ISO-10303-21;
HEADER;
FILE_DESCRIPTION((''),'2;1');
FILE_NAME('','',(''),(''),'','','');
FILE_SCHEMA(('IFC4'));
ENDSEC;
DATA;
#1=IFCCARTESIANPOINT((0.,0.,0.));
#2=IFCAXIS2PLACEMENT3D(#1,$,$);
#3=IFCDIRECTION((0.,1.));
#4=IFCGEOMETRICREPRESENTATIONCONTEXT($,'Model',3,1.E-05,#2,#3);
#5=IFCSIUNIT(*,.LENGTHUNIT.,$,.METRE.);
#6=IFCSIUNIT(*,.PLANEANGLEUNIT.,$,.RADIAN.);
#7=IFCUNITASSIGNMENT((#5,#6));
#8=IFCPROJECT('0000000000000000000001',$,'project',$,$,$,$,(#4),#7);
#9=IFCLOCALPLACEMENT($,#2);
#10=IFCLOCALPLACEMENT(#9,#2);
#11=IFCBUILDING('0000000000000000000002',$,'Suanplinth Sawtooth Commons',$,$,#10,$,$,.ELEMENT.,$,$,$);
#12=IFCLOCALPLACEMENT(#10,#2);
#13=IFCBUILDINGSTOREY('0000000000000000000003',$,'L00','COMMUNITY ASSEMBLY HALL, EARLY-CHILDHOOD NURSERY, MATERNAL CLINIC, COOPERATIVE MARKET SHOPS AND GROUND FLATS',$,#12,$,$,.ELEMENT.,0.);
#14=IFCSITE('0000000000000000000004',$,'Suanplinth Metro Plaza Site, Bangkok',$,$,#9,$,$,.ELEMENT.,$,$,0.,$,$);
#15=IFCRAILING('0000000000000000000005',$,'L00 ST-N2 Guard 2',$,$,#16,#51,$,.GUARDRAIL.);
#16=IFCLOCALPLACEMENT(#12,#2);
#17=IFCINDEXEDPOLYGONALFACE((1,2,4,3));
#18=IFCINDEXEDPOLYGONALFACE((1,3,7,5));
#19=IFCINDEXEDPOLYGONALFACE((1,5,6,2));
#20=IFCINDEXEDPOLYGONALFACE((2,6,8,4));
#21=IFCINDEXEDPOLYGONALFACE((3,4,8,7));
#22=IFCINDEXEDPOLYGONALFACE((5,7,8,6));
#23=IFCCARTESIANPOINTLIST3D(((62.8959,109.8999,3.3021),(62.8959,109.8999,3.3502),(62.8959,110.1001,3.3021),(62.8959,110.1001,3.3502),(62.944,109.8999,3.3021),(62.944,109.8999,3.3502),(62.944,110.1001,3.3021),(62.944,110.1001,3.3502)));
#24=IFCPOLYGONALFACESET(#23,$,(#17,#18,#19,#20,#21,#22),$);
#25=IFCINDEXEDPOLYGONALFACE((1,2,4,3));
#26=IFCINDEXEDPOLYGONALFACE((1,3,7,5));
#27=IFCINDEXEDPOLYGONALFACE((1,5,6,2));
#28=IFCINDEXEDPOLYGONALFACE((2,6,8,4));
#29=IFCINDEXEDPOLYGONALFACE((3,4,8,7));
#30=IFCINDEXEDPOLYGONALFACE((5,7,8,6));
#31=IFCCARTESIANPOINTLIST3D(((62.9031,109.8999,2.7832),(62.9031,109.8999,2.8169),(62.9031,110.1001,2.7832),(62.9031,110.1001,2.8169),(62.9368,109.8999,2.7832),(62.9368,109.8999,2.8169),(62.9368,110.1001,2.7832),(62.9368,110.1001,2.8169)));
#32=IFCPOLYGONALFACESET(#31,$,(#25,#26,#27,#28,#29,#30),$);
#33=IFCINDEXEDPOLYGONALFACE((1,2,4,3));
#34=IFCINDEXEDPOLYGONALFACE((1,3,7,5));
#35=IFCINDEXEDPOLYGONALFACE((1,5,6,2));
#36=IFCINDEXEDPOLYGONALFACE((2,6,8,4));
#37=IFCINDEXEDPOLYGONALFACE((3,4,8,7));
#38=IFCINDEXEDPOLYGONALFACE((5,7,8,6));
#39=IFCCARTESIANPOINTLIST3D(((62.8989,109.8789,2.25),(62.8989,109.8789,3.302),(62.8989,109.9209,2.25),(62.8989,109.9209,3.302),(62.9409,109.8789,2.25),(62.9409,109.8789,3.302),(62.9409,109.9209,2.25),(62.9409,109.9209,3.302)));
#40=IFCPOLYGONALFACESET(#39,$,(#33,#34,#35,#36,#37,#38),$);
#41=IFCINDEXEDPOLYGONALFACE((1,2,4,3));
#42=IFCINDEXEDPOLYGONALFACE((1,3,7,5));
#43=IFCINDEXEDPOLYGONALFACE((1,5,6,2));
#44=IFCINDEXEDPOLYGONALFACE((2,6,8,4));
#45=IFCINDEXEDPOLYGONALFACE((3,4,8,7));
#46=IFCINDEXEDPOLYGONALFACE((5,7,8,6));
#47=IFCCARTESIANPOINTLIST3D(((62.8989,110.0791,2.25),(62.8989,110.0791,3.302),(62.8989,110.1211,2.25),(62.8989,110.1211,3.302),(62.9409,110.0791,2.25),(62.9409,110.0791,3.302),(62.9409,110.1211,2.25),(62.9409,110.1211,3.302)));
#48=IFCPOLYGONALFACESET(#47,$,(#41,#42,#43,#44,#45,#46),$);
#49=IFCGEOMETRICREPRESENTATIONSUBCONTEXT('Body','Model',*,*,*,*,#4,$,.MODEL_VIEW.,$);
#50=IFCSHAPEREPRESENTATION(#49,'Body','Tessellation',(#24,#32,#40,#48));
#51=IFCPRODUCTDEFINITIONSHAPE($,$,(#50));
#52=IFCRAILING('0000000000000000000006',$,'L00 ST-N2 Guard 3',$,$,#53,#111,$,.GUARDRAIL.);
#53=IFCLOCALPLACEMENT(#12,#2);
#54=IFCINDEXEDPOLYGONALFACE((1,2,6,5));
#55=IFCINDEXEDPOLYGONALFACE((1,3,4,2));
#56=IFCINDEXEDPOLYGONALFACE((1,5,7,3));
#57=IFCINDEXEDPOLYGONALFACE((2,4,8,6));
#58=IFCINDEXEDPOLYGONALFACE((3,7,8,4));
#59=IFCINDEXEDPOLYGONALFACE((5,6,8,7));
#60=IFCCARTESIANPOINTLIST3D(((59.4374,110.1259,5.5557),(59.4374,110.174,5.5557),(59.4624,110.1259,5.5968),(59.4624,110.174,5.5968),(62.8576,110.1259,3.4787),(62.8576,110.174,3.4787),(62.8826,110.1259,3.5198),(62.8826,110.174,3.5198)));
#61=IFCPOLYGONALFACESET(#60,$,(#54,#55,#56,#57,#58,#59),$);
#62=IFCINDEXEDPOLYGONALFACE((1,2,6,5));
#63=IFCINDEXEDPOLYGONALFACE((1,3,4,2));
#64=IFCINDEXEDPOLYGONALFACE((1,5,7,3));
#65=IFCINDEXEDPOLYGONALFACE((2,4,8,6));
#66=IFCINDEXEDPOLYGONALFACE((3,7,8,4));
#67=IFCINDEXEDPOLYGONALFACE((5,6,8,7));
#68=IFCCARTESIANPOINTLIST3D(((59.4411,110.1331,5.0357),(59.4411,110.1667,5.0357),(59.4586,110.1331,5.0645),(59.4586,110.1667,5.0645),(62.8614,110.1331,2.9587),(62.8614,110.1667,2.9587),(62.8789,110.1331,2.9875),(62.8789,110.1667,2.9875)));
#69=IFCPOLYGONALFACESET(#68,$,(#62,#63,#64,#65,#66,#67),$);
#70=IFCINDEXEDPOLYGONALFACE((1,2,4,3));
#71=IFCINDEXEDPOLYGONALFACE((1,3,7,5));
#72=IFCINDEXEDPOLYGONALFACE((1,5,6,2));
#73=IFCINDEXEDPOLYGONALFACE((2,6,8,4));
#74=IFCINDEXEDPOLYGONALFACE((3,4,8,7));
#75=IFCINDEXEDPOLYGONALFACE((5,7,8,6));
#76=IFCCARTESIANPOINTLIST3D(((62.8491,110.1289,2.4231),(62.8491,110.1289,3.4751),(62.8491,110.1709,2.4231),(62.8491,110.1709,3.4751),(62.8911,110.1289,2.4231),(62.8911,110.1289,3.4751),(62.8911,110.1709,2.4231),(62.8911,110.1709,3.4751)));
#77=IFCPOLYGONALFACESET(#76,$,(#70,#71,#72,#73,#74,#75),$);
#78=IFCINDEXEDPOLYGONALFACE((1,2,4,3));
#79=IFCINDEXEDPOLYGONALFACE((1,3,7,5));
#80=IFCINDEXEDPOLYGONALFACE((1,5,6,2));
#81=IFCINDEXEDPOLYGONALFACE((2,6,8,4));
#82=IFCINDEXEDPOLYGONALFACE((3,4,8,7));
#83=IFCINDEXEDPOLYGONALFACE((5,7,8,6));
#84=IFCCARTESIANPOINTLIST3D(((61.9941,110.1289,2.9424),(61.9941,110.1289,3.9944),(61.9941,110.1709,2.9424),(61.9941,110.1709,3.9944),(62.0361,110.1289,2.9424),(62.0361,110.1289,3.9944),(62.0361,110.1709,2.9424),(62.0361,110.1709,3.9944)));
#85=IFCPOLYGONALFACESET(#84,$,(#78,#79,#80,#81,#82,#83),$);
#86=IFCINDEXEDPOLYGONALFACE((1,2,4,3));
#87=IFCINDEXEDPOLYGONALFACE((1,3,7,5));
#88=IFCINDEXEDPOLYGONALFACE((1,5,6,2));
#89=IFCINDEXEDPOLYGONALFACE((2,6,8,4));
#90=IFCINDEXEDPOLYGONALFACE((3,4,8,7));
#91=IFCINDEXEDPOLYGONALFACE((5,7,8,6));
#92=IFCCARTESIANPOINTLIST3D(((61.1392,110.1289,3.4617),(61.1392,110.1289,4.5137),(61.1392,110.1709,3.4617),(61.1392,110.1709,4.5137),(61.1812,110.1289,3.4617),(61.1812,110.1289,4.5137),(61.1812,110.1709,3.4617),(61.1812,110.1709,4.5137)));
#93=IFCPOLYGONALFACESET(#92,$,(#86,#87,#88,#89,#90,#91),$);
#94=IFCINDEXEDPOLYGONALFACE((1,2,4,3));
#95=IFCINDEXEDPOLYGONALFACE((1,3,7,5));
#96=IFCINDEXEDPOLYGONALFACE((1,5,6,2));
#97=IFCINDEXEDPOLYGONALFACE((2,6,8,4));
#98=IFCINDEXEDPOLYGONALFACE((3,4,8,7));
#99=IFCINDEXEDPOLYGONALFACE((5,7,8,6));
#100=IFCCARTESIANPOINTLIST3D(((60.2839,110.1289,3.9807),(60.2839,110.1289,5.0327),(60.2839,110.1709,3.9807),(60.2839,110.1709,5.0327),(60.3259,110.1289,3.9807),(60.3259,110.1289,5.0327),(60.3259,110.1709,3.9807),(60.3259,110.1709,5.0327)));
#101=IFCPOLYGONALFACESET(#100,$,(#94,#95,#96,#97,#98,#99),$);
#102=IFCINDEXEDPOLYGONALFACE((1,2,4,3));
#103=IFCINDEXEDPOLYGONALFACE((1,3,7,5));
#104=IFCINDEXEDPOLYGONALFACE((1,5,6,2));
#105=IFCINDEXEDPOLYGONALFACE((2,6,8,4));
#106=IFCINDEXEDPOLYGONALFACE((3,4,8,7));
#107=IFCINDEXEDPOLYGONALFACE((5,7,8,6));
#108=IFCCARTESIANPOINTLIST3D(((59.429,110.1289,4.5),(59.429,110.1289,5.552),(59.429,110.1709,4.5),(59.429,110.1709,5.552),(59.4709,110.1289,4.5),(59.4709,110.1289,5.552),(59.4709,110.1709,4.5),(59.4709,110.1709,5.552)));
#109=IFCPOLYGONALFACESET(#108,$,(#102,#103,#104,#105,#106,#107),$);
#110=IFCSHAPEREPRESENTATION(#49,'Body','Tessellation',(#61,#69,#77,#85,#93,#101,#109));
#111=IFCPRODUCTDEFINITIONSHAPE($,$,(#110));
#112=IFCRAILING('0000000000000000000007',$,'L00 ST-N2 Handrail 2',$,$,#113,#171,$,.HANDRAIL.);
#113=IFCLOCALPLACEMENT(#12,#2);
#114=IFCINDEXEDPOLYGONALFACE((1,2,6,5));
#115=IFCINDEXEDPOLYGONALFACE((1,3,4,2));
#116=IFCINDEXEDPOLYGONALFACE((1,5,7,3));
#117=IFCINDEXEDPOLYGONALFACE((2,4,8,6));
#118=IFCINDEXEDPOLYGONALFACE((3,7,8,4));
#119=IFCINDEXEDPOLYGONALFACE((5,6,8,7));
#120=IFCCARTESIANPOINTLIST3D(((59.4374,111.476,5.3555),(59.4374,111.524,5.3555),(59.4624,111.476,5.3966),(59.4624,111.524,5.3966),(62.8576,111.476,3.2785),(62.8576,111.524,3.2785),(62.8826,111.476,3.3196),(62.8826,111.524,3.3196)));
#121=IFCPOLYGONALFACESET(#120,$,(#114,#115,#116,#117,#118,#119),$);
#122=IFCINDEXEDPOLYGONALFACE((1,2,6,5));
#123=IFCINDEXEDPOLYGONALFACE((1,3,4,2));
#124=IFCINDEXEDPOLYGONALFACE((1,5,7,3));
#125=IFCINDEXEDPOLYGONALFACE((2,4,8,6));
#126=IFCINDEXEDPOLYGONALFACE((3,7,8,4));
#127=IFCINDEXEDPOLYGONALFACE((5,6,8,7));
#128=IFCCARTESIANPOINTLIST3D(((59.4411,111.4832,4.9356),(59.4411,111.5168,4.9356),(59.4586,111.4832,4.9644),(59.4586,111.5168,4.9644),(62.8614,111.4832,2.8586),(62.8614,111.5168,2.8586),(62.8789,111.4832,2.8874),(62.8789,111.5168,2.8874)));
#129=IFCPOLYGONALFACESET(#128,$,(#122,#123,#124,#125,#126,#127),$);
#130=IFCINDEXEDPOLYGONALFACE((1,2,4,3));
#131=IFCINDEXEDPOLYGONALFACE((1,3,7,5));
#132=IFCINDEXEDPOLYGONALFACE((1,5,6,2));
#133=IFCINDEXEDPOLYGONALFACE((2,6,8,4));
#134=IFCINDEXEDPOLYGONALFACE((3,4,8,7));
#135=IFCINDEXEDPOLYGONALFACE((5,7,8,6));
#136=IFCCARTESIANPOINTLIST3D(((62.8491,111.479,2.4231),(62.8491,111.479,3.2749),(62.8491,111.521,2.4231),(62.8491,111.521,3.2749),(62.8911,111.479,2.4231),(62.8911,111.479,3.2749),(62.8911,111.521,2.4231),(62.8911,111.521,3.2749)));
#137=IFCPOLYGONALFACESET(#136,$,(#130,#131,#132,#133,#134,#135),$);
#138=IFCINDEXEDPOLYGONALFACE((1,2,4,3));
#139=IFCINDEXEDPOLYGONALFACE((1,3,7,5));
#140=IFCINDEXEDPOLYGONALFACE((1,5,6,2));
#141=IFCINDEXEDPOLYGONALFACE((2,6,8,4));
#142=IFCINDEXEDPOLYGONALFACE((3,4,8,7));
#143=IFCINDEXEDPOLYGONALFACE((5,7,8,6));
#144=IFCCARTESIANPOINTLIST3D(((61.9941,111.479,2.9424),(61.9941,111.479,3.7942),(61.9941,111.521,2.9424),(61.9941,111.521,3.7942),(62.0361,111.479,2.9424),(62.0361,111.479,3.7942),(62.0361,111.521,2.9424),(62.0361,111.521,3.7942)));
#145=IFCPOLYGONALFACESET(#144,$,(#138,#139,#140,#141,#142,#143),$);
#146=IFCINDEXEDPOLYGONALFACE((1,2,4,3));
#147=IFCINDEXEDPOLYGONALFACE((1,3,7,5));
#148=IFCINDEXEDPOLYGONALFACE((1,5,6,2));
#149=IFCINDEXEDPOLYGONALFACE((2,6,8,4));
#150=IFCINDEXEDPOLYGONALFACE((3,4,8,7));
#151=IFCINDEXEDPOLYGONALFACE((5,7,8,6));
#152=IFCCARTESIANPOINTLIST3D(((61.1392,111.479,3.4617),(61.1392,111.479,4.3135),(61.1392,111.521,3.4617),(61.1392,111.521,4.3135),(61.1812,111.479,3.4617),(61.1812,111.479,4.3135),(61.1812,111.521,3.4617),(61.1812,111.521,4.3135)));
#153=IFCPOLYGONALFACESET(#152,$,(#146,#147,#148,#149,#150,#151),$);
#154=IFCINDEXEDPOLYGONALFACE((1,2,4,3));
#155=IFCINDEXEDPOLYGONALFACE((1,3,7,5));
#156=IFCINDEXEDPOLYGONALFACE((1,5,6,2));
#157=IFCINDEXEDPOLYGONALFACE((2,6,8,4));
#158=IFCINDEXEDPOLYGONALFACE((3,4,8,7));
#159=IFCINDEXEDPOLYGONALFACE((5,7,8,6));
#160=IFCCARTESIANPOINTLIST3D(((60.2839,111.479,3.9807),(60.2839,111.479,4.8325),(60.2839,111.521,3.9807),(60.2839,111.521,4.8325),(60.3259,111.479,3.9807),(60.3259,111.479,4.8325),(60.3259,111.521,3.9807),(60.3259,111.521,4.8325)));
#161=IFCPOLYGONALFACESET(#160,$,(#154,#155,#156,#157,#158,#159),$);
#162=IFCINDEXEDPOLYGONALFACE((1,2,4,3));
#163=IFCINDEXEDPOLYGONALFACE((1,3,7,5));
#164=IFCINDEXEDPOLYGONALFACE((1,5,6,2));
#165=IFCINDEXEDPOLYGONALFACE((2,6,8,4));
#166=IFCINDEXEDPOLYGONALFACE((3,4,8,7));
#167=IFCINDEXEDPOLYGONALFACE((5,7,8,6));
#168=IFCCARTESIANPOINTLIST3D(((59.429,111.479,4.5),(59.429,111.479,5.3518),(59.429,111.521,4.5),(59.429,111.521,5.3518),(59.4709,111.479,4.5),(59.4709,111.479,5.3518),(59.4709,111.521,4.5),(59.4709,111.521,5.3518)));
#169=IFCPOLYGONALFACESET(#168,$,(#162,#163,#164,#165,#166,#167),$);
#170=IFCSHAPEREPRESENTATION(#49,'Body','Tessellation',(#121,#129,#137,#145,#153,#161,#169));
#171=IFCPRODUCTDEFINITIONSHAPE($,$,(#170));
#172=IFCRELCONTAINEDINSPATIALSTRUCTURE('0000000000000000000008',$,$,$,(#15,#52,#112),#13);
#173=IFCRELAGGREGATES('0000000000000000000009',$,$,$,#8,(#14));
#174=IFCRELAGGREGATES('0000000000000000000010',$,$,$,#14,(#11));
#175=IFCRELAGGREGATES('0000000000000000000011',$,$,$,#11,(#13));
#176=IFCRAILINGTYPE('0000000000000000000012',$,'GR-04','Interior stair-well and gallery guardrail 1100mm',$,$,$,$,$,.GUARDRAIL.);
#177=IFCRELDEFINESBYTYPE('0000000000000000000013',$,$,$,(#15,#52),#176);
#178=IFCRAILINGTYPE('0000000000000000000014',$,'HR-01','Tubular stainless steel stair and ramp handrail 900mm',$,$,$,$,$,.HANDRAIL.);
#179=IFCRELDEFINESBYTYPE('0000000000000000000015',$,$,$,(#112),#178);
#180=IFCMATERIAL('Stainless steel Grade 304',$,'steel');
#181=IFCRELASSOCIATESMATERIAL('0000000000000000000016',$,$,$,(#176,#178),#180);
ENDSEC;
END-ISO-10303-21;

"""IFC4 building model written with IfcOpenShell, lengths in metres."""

from ifc_helpers import new_model, si_unit, direction, frame, origin, origin_2d, place, context, subcontext, project, spatial, rectangle, extrude, material, type_object, element, save


model = new_model("IFC4")

# Units and contexts
model_context = context("Model", 3, precision=1e-05, world=origin(), true_north=direction((0.0, 1.0)))
body_context = subcontext(model_context, "Body", "Model", "MODEL_VIEW")
ifc_project = project(units=[si_unit("LENGTHUNIT", "METRE"), si_unit("PLANEANGLEUNIT", "RADIAN")], contexts=[model_context])

# Site, building, storey
site_placement = place(None, origin())
site = spatial("IfcSite", under=ifc_project, at=site_placement, Name="Suanplinth Metro Plaza Site, Bangkok", CompositionType="ELEMENT", RefElevation=0.0)
building_placement = place(site_placement, origin())
building = spatial("IfcBuilding", under=site, at=building_placement, Name="Suanplinth Sawtooth Commons", CompositionType="ELEMENT")
storey_placement = place(building_placement, origin())
storey = spatial("IfcBuildingStorey", under=building, at=storey_placement, Name="L00", Description="COMMUNITY ASSEMBLY HALL, EARLY-CHILDHOOD NURSERY, MATERNAL CLINIC, COOPERATIVE MARKET SHOPS AND GROUND FLATS", CompositionType="ELEMENT", Elevation=0.0)

# Shared definitions
ifc_material_1 = material(Name="Stainless steel Grade 304", Category="steel")

# Railings
railing_type_1 = type_object("IfcRailingType", Name="GR-04", Description="Interior stair-well and gallery guardrail 1100mm", PredefinedType="GUARDRAIL", material=ifc_material_1)
railing_1_placement = place(storey_placement, frame((62.9199, 109.8999, 2.25)))
element("IfcRailing", 1, at=railing_1_placement, inside=storey, type_object=railing_type_1, Name="L00 ST-N2 Guard 2", PredefinedType="GUARDRAIL", context=body_context, shape_type="SweptSolid", body=[
    extrude(rectangle(XDim=0.0481, YDim=0.0481, at=origin_2d()), frame((0.0, 0.0, 1.0762), z_axis=(0.0, 1.0, 0.0), x_axis=(-1.0, 0.0, 0.0)), (0.0, 0.0, 1.0), 0.2002),
    extrude(rectangle(XDim=0.0337, YDim=0.0337, at=origin_2d()), frame((0.0, 0.0, 0.55), z_axis=(0.0, 1.0, 0.0), x_axis=(-1.0, 0.0, 0.0)), (0.0, 0.0, 1.0), 0.2002),
    extrude(rectangle(XDim=0.042, YDim=0.042, at=origin_2d()), origin(), (0.0, 0.0, 1.0), 1.052),
    extrude(rectangle(XDim=0.042, YDim=0.042, at=origin_2d()), frame((0.0, 0.2002, 0.0)), (0.0, 0.0, 1.0), 1.052),
])
railing_2_placement = place(storey_placement, frame((62.8701, 110.1499, 2.4231)))
element("IfcRailing", 2, at=railing_2_placement, inside=storey, type_object=railing_type_1, Name="L00 ST-N2 Guard 3", PredefinedType="GUARDRAIL", context=body_context, shape_type="SweptSolid", body=[
    extrude(rectangle(XDim=0.0481, YDim=0.0481, at=origin_2d()), frame((0.0, 0.0, 1.0762), z_axis=(-0.854746, 0.0, 0.519047), x_axis=(0.0, -1.0, 0.0)), (0.0, 0.0, 1.0), 4.0015),
    extrude(rectangle(XDim=0.0337, YDim=0.0337, at=origin_2d()), frame((0.0, 0.0, 0.55), z_axis=(-0.854746, 0.0, 0.519047), x_axis=(0.0, -1.0, 0.0)), (0.0, 0.0, 1.0), 4.0015),
    extrude(rectangle(XDim=0.042, YDim=0.042, at=origin_2d()), origin(), (0.0, 0.0, 1.0), 1.052),
    extrude(rectangle(XDim=0.042, YDim=0.042, at=origin_2d()), frame((-0.855, 0.0, 0.5193)), (0.0, 0.0, 1.0), 1.052),
    extrude(rectangle(XDim=0.042, YDim=0.042, at=origin_2d()), frame((-1.71, 0.0, 1.0386)), (0.0, 0.0, 1.0), 1.052),
    extrude(rectangle(XDim=0.042, YDim=0.042, at=origin_2d()), frame((-2.5652, 0.0, 1.5576)), (0.0, 0.0, 1.0), 1.052),
    extrude(rectangle(XDim=0.042, YDim=0.042, at=origin_2d()), frame((-3.4202, 0.0, 2.0769)), (0.0, 0.0, 1.0), 1.052),
])
railing_type_2 = type_object("IfcRailingType", Name="HR-01", Description="Tubular stainless steel stair and ramp handrail 900mm", PredefinedType="HANDRAIL", material=ifc_material_1)
railing_3_placement = place(storey_placement, frame((62.8701, 111.5, 2.4231)))
element("IfcRailing", 3, at=railing_3_placement, inside=storey, type_object=railing_type_2, Name="L00 ST-N2 Handrail 2", PredefinedType="HANDRAIL", context=body_context, shape_type="SweptSolid", body=[
    extrude(rectangle(XDim=0.0481, YDim=0.0481, at=origin_2d()), frame((0.0, 0.0, 0.876), z_axis=(-0.854746, 0.0, 0.519047), x_axis=(0.0, -1.0, 0.0)), (0.0, 0.0, 1.0), 4.0015),
    extrude(rectangle(XDim=0.0337, YDim=0.0337, at=origin_2d()), frame((0.0, 0.0, 0.45), z_axis=(-0.854746, 0.0, 0.519047), x_axis=(0.0, -1.0, 0.0)), (0.0, 0.0, 1.0), 4.0015),
    extrude(rectangle(XDim=0.042, YDim=0.042, at=origin_2d()), origin(), (0.0, 0.0, 1.0), 0.8518),
    extrude(rectangle(XDim=0.042, YDim=0.042, at=origin_2d()), frame((-0.855, 0.0, 0.5193)), (0.0, 0.0, 1.0), 0.8518),
    extrude(rectangle(XDim=0.042, YDim=0.042, at=origin_2d()), frame((-1.71, 0.0, 1.0386)), (0.0, 0.0, 1.0), 0.8518),
    extrude(rectangle(XDim=0.042, YDim=0.042, at=origin_2d()), frame((-2.5652, 0.0, 1.5576)), (0.0, 0.0, 1.0), 0.8518),
    extrude(rectangle(XDim=0.042, YDim=0.042, at=origin_2d()), frame((-3.4202, 0.0, 2.0769)), (0.0, 0.0, 1.0), 0.8518),
])

save(model, "model.ifc")
